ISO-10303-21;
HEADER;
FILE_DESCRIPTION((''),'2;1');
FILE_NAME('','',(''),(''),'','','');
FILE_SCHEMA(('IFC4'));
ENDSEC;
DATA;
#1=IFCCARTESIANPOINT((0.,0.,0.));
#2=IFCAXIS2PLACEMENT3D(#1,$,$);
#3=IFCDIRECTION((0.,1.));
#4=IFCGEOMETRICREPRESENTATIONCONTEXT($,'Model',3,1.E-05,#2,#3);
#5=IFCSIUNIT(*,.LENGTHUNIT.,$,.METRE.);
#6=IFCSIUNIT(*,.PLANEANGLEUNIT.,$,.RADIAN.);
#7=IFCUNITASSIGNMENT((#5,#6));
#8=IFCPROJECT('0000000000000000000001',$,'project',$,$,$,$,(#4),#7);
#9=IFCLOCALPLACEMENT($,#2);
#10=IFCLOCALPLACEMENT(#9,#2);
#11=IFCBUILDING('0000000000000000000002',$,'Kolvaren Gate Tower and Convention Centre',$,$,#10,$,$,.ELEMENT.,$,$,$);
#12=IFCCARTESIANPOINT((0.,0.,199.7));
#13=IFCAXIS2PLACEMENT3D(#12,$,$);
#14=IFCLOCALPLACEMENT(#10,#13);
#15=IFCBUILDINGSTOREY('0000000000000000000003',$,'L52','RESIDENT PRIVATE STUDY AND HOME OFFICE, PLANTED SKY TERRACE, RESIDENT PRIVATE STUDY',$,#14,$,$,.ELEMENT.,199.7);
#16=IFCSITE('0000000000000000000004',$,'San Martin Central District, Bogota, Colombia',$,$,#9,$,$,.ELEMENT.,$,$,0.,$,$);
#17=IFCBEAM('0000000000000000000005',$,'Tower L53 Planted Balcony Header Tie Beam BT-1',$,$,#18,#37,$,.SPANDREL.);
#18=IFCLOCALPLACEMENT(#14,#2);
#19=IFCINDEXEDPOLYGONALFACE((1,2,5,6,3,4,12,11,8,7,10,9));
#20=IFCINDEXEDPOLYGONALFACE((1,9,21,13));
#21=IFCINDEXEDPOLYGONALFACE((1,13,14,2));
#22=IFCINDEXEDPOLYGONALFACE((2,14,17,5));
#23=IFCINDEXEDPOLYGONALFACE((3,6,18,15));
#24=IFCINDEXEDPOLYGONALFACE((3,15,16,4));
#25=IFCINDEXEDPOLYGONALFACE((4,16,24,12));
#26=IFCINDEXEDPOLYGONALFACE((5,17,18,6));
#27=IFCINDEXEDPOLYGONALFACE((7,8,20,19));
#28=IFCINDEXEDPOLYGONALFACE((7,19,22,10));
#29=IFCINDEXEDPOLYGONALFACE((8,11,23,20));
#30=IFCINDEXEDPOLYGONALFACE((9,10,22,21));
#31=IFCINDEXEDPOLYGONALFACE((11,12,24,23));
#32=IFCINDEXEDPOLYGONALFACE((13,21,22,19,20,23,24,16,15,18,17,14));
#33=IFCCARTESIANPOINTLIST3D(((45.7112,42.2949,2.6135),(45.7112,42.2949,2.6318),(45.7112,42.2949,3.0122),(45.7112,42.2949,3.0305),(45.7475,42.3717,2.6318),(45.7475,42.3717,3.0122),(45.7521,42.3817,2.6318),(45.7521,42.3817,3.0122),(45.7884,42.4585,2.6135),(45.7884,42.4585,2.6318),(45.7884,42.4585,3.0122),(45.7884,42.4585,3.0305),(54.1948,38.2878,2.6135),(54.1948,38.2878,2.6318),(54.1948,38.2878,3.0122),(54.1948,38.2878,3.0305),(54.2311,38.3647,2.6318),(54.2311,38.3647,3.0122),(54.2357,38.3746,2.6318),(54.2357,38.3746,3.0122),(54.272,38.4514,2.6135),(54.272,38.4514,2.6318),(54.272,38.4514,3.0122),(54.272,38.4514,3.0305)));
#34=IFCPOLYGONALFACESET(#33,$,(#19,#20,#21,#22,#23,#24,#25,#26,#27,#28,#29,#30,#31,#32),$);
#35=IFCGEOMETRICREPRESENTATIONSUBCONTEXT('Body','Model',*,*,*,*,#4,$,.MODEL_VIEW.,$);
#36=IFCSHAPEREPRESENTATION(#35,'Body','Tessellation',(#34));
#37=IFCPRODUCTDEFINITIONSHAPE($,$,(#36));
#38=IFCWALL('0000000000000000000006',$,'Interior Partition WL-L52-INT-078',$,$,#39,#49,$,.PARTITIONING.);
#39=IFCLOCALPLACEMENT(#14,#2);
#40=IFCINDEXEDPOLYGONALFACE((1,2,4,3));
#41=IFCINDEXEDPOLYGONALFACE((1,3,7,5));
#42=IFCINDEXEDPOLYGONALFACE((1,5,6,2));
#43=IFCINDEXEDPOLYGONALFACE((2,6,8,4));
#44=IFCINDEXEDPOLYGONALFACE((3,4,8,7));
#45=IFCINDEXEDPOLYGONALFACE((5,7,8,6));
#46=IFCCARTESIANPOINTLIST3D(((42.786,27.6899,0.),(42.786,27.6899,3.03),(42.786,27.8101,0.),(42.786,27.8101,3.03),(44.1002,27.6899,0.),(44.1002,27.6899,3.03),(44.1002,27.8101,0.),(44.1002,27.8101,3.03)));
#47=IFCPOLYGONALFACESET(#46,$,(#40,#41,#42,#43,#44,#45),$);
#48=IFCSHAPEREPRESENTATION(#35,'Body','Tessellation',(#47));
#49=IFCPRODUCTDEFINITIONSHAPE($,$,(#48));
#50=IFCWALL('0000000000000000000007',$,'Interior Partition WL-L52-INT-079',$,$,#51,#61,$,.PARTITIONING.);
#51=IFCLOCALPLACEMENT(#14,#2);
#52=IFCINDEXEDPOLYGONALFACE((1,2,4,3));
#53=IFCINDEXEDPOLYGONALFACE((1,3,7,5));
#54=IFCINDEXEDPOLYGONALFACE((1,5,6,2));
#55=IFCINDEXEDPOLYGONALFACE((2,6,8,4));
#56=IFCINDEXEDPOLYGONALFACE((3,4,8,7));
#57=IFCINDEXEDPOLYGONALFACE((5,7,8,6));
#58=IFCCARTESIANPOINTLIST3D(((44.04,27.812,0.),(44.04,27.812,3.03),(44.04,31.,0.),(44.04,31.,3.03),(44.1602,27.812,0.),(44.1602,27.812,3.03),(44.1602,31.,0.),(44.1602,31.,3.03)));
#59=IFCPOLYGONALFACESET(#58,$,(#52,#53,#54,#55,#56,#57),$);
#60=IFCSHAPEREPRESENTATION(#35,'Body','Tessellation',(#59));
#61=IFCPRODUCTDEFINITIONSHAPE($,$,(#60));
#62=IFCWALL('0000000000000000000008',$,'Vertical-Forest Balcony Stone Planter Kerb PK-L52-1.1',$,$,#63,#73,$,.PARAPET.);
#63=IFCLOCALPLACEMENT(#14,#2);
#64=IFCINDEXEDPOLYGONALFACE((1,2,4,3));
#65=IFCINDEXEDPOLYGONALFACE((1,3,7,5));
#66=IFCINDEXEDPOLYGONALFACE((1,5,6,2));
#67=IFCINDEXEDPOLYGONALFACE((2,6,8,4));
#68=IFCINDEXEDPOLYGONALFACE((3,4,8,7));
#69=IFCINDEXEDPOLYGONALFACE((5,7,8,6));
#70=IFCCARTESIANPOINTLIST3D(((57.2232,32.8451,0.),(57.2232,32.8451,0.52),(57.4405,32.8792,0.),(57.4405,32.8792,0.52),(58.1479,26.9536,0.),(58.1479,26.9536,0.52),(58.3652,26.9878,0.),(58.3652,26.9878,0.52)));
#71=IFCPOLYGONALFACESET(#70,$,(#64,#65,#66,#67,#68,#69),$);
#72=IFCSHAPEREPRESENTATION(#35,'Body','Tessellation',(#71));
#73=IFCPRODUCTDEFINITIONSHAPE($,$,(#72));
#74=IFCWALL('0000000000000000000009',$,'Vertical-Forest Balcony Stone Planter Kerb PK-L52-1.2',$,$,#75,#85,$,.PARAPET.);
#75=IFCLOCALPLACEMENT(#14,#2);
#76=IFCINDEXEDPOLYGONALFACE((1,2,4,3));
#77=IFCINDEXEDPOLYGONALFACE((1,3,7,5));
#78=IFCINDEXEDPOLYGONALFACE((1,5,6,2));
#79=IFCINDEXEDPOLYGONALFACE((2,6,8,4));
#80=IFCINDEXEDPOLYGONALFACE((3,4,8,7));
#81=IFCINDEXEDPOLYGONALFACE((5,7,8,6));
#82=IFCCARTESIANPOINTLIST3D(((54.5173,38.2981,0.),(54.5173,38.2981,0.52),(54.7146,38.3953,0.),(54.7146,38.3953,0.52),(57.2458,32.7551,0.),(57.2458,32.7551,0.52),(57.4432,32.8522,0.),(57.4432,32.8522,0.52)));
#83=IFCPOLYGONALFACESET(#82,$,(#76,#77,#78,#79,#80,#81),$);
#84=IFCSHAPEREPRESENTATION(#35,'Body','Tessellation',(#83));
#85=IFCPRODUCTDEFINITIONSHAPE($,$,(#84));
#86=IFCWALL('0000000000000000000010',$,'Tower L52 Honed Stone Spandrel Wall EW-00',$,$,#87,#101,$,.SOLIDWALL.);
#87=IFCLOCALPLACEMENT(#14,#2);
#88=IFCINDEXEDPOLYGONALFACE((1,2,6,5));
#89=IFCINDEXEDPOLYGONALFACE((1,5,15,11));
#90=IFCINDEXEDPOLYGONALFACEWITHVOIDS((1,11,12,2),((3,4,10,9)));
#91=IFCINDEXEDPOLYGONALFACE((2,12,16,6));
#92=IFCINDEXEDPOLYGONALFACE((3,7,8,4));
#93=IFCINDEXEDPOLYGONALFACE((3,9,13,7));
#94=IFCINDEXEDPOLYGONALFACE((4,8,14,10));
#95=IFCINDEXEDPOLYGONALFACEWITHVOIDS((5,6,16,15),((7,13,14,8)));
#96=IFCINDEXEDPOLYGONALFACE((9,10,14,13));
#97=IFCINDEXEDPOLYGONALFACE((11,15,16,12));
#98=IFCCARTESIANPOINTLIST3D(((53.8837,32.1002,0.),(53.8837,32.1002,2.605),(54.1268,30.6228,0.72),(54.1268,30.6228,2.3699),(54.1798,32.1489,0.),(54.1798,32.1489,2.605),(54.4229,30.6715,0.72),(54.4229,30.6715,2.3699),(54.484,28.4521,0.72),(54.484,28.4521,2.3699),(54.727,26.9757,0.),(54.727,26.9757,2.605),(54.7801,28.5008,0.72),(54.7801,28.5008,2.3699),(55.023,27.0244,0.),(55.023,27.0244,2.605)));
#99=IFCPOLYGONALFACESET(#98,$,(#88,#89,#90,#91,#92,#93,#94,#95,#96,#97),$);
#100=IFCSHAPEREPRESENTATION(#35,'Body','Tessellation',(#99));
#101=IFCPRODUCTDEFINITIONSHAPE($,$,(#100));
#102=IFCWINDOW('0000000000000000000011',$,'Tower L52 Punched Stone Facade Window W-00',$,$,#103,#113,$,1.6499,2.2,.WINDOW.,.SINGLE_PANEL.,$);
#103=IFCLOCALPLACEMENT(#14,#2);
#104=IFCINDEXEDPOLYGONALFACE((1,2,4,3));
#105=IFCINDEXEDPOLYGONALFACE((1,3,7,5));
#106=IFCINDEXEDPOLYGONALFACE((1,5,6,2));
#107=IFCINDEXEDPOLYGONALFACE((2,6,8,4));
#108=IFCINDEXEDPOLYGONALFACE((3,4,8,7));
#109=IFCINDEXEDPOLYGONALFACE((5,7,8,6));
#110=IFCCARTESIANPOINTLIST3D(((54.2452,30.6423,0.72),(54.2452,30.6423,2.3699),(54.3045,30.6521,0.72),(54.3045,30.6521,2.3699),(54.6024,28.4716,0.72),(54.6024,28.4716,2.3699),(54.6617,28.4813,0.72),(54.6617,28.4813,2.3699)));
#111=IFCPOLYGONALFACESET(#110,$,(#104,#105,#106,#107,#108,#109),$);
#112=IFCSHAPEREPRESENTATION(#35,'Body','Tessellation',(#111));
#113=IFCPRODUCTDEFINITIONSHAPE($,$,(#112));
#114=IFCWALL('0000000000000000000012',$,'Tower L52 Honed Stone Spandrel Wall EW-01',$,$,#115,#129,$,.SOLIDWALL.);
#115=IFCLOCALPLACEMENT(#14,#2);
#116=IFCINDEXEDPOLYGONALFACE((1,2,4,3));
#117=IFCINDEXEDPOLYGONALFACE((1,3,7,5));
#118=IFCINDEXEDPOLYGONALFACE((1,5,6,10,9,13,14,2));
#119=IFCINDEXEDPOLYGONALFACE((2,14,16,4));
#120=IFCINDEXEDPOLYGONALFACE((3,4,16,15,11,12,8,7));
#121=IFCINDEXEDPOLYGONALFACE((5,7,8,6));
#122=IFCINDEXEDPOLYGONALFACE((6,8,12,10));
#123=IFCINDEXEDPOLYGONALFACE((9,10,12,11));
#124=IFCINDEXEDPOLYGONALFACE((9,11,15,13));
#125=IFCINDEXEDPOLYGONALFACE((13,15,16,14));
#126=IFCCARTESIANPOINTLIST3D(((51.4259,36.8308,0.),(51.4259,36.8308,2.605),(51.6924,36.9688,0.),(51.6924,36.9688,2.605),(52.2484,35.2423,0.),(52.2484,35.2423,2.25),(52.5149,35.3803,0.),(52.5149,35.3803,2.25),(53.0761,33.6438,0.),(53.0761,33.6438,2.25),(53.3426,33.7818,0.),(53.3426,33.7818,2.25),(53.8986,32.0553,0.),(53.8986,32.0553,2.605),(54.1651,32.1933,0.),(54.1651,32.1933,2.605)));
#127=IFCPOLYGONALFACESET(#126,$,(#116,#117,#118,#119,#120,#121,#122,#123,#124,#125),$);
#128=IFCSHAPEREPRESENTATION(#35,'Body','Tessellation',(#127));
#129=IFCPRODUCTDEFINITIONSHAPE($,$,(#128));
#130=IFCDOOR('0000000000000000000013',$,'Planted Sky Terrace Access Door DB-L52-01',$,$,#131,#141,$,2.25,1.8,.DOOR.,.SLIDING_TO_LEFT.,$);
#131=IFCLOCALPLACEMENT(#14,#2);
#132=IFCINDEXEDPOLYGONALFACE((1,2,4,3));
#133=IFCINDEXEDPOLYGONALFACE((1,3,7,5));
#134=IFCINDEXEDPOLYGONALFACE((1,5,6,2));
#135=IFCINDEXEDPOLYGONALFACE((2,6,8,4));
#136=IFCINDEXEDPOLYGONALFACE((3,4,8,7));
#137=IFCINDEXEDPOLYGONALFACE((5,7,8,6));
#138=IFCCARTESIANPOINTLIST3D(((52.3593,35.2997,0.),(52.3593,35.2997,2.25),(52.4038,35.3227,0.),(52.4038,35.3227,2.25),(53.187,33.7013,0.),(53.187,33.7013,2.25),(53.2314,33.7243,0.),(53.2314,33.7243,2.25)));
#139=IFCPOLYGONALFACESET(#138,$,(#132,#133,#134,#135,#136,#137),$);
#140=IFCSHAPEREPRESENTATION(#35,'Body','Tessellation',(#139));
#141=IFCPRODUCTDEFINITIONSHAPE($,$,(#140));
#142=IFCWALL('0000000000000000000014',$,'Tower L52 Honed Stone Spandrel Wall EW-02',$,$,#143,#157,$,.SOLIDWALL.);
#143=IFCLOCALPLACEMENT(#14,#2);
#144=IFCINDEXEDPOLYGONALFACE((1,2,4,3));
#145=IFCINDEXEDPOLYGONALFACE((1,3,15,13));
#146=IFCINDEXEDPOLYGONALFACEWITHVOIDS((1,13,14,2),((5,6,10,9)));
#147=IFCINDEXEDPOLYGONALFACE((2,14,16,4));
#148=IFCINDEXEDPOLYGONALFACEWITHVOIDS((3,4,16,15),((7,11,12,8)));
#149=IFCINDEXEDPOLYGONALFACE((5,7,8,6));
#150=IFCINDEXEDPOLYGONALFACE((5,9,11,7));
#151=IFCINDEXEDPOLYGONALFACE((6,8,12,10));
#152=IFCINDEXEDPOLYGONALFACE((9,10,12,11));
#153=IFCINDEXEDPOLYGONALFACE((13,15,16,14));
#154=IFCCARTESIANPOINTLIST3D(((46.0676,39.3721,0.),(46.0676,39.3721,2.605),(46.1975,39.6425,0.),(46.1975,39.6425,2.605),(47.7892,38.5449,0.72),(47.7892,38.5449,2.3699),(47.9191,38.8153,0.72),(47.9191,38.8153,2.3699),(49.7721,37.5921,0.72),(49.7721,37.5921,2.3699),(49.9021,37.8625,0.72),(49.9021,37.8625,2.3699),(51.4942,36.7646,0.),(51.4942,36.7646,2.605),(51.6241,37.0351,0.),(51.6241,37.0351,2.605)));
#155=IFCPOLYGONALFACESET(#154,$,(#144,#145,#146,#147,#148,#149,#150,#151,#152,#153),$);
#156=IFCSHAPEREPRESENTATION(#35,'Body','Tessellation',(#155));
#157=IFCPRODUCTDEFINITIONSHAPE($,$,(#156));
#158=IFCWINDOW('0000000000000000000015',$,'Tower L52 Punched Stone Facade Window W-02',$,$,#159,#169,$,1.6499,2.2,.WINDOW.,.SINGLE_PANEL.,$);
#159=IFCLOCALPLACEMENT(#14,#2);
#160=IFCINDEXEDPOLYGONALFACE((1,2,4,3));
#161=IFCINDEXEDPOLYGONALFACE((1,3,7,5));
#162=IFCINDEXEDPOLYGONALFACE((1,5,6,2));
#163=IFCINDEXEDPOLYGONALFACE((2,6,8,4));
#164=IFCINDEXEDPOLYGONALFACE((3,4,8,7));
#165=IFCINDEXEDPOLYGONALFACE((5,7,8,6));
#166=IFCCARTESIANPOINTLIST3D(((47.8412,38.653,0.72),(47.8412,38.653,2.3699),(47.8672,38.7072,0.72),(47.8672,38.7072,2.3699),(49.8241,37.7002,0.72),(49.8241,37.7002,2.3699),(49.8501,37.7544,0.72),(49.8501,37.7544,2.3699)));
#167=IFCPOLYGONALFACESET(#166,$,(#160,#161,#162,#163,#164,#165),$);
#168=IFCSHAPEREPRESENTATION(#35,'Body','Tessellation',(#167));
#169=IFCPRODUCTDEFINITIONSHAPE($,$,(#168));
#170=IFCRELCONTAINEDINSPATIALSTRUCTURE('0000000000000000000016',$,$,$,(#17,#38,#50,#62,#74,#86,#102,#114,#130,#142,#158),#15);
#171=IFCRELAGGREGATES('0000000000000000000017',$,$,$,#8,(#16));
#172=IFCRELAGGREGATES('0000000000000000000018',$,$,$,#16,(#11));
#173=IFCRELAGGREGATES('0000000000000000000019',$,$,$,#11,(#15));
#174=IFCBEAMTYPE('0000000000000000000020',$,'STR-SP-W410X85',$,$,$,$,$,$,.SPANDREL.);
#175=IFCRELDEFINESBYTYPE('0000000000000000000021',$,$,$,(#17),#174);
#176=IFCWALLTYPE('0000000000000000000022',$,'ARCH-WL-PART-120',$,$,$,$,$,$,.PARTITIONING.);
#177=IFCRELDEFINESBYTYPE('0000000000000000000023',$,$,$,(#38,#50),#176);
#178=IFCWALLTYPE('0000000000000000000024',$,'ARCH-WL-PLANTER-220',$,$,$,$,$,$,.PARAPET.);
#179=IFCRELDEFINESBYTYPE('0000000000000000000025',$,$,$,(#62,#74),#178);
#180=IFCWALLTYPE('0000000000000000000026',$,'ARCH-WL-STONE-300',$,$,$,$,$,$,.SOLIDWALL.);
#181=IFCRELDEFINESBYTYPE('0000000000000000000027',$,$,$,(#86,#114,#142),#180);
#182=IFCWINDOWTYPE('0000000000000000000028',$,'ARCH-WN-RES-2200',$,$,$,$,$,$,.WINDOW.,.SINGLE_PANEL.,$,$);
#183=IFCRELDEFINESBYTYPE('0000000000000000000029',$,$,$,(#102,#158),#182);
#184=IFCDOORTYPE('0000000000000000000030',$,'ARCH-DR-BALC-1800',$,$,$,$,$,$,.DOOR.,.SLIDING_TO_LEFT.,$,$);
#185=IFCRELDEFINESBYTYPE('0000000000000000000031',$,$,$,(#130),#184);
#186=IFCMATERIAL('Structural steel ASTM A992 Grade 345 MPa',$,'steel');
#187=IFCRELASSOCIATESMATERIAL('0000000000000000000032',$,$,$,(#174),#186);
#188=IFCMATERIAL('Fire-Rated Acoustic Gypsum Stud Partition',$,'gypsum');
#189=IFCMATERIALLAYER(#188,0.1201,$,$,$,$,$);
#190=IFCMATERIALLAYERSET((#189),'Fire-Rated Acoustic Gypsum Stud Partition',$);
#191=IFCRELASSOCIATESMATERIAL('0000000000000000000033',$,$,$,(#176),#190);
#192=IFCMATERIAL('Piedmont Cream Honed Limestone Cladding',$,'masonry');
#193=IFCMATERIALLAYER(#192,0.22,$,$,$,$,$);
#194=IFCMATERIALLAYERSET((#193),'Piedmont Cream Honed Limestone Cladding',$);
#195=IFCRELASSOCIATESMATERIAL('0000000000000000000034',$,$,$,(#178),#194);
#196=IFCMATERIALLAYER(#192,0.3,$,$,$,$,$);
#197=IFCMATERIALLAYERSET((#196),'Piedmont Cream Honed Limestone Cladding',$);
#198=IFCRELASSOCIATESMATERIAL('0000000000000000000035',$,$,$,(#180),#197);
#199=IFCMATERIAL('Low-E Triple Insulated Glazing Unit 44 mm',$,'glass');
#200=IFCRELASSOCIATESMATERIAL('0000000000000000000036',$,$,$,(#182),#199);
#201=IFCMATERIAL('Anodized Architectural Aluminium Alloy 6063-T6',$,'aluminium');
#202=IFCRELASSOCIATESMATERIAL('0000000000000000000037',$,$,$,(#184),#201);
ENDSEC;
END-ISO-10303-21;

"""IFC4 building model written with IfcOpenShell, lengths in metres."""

from ifc_helpers import new_model, si_unit, direction, frame, frame_2d, origin, origin_2d, place, context, subcontext, project, spatial, rectangle, i_section, extrude, material, layer, layer_set, material_profile, profile_set, type_object, element, fill, save


model = new_model("IFC4")

# Units and contexts
model_context = context("Model", 3, precision=1e-05, world=origin(), true_north=direction((0.0, 1.0)))
body_context = subcontext(model_context, "Body", "Model", "MODEL_VIEW")
ifc_project = project(units=[si_unit("LENGTHUNIT", "METRE"), si_unit("PLANEANGLEUNIT", "RADIAN")], contexts=[model_context])

# Site, building, storey
site_placement = place(None, origin())
site = spatial("IfcSite", under=ifc_project, at=site_placement, Name="San Martin Central District, Bogota, Colombia", CompositionType="ELEMENT", RefElevation=0.0)
building_placement = place(site_placement, origin())
building = spatial("IfcBuilding", under=site, at=building_placement, Name="Kolvaren Gate Tower and Convention Centre", CompositionType="ELEMENT")
storey_placement = place(building_placement, frame((0.0, 0.0, 199.7)))
storey = spatial("IfcBuildingStorey", under=building, at=storey_placement, Name="L52", Description="RESIDENT PRIVATE STUDY AND HOME OFFICE, PLANTED SKY TERRACE, RESIDENT PRIVATE STUDY", CompositionType="ELEMENT", Elevation=199.7)

# Shared definitions
ifc_material_1 = material(Name="Anodized Architectural Aluminium Alloy 6063-T6", Category="aluminium")

# Beam
ifc_material_2 = material(Name="Structural steel ASTM A992 Grade 345 MPa", Category="steel")
ifc_material_profile_1 = material_profile(ifc_material_2, i_section(OverallWidth=0.1809, OverallDepth=0.417, WebThickness=0.011, FlangeThickness=0.0183, at=origin_2d()), Name="W410X85")
ifc_profile_set_1 = profile_set([ifc_material_profile_1], Name="Structural steel ASTM A992 Grade 345 MPa")
beam_type_1 = type_object("IfcBeamType", Name="STR-SP-W410X85", PredefinedType="SPANDREL", material=ifc_profile_set_1)
beam_1_placement = place(storey_placement, frame((54.2334, 38.3696, 2.822), z_axis=(-0.904211, 0.427086, 0.0), x_axis=(-0.427086, -0.904211, 0.0)))
element("IfcBeam", 1, at=beam_1_placement, inside=storey, type_object=beam_type_1, Name="Tower L53 Planted Balcony Header Tie Beam BT-1", PredefinedType="SPANDREL", context=body_context, shape_type="SweptSolid", body=[
    extrude(i_section(OverallWidth=0.1809, OverallDepth=0.417, WebThickness=0.011, FlangeThickness=0.0183, at=origin_2d()), origin(), (0.0, 0.0, 1.0), 9.3823),
])

# Walls
ifc_material_3 = material(Name="Fire-Rated Acoustic Gypsum Stud Partition", Category="gypsum")
ifc_layer_1 = layer(ifc_material_3, 0.1201)
ifc_layer_set_1 = layer_set([ifc_layer_1], Name="Fire-Rated Acoustic Gypsum Stud Partition")
wall_type_1 = type_object("IfcWallType", Name="ARCH-WL-PART-120", PredefinedType="PARTITIONING", material=ifc_layer_set_1)
wall_1_placement = place(storey_placement, frame((42.7859, 27.75, 0.0), z_axis=(0.0, 0.0, 1.0), x_axis=(1.0, 0.0, 0.0)))
element("IfcWall", 2, at=wall_1_placement, inside=storey, type_object=wall_type_1, Name="Interior Partition WL-L52-INT-078", PredefinedType="PARTITIONING", context=body_context, shape_type="SweptSolid", body=[
    extrude(rectangle(XDim=1.3142, YDim=0.1201, at=frame_2d((0.6572, 0.0))), origin(), (0.0, 0.0, 1.0), 3.03),
])
wall_2_placement = place(storey_placement, frame((44.1001, 27.812, 0.0), z_axis=(0.0, 0.0, 1.0), x_axis=(0.0, 1.0, 0.0)))
element("IfcWall", 3, at=wall_2_placement, inside=storey, type_object=wall_type_1, Name="Interior Partition WL-L52-INT-079", PredefinedType="PARTITIONING", context=body_context, shape_type="SweptSolid", body=[
    extrude(rectangle(XDim=3.188, YDim=0.1201, at=frame_2d((1.594, 0.0))), origin(), (0.0, 0.0, 1.0), 3.03),
])
ifc_material_4 = material(Name="Piedmont Cream Honed Limestone Cladding", Category="masonry")
ifc_layer_2 = layer(ifc_material_4, 0.22)
ifc_layer_set_2 = layer_set([ifc_layer_2], Name="Piedmont Cream Honed Limestone Cladding")
wall_type_2 = type_object("IfcWallType", Name="ARCH-WL-PLANTER-220", PredefinedType="PARAPET", material=ifc_layer_set_2)
wall_3_placement = place(storey_placement, frame((57.3318, 32.8623, 0.0), z_axis=(0.0, 0.0, 1.0), x_axis=(0.155071, -0.987903, 0.0)))
element("IfcWall", 4, at=wall_3_placement, inside=storey, type_object=wall_type_2, Name="Vertical-Forest Balcony Stone Planter Kerb PK-L52-1.1", PredefinedType="PARAPET", context=body_context, shape_type="SweptSolid", body=[
    extrude(rectangle(XDim=5.9636, YDim=0.22, at=frame_2d((2.9819, 0.0))), origin(), (0.0, 0.0, 1.0), 0.52),
])
wall_4_placement = place(storey_placement, frame((54.616, 38.3467, 0.0), z_axis=(0.0, 0.0, 1.0), x_axis=(0.441641, -0.897192, 0.0)))
element("IfcWall", 5, at=wall_4_placement, inside=storey, type_object=wall_type_2, Name="Vertical-Forest Balcony Stone Planter Kerb PK-L52-1.2", PredefinedType="PARAPET", context=body_context, shape_type="SweptSolid", body=[
    extrude(rectangle(XDim=6.1782, YDim=0.22, at=frame_2d((3.0891, 0.0))), origin(), (0.0, 0.0, 1.0), 0.52),
])

# Wall, opening, window
ifc_layer_3 = layer(ifc_material_4, 0.3)
ifc_layer_set_3 = layer_set([ifc_layer_3], Name="Piedmont Cream Honed Limestone Cladding")
wall_type_3 = type_object("IfcWallType", Name="ARCH-WL-STONE-300", PredefinedType="SOLIDWALL", material=ifc_layer_set_3)
wall_5_placement = place(storey_placement, frame((54.0317, 32.1245, 0.0), z_axis=(0.0, 0.0, 1.0), x_axis=(0.162371, -0.98673, 0.0)))
wall_5 = element("IfcWall", 6, at=wall_5_placement, inside=storey, type_object=wall_type_3, Name="Tower L52 Honed Stone Spandrel Wall EW-00", PredefinedType="SOLIDWALL", context=body_context, shape_type="SweptSolid", body=[
    extrude(rectangle(XDim=5.1934, YDim=0.3, at=frame_2d((2.5967, 0.0))), origin(), (0.0, 0.0, 1.0), 2.605),
])
opening_1_placement = place(wall_5_placement, frame((1.4971, 0.0, 0.72)))
opening_1 = element("IfcOpeningElement", 7, at=opening_1_placement, cuts=wall_5, PredefinedType="OPENING", context=body_context, shape_type="SweptSolid", body=[
    extrude(rectangle(XDim=2.2, YDim=1.6499, at=frame_2d((1.1001, 0.825))), frame((0.0, 0.1599, 0.0), z_axis=(0.0, -1.0, 0.0), x_axis=(1.0, 0.0, 0.0)), (0.0, 0.0, 1.0), 0.3201),
])
ifc_material_5 = material(Name="Low-E Triple Insulated Glazing Unit 44 mm", Category="glass")
window_type = type_object("IfcWindowType", Name="ARCH-WN-RES-2200", PartitioningType="SINGLE_PANEL", PredefinedType="WINDOW", material=ifc_material_5)
window_1_placement = place(opening_1_placement, origin())
window_1 = element("IfcWindow", 8, at=window_1_placement, inside=storey, type_object=window_type, Name="Tower L52 Punched Stone Facade Window W-00", OverallHeight=1.6499, OverallWidth=2.2, PartitioningType="SINGLE_PANEL", PredefinedType="WINDOW", context=body_context, shape_type="SweptSolid", body=[
    extrude(rectangle(XDim=2.2, YDim=1.6499, at=frame_2d((1.1001, 0.825))), frame((0.0, 0.03, 0.0), z_axis=(0.0, -1.0, 0.0), x_axis=(1.0, 0.0, 0.0)), (0.0, 0.0, 1.0), 0.0601),
])
fill(opening_1, window_1)

# Wall, opening, door
wall_6_placement = place(storey_placement, frame((51.5591, 36.8999, 0.0), z_axis=(0.0, 0.0, 1.0), x_axis=(0.459808, -0.888018, 0.0)))
wall_6 = element("IfcWall", 9, at=wall_6_placement, inside=storey, type_object=wall_type_3, Name="Tower L52 Honed Stone Spandrel Wall EW-01", PredefinedType="SOLIDWALL", context=body_context, shape_type="SweptSolid", body=[
    extrude(rectangle(XDim=5.3777, YDim=0.3, at=frame_2d((2.689, 0.0))), origin(), (0.0, 0.0, 1.0), 2.605),
])
opening_2_placement = place(wall_6_placement, frame((1.7891, 0.0, 0.0)))
opening_2 = element("IfcOpeningElement", 10, at=opening_2_placement, cuts=wall_6, PredefinedType="OPENING", context=body_context, shape_type="SweptSolid", body=[
    extrude(rectangle(XDim=1.8, YDim=2.25, at=frame_2d((0.8999, 1.125))), frame((0.0, 0.1599, 0.0), z_axis=(0.0, -1.0, 0.0), x_axis=(1.0, 0.0, 0.0)), (0.0, 0.0, 1.0), 0.3201),
])
door_type = type_object("IfcDoorType", Name="ARCH-DR-BALC-1800", OperationType="SLIDING_TO_LEFT", PredefinedType="DOOR", material=ifc_material_1)
door_placement = place(opening_2_placement, origin())
door = element("IfcDoor", 11, at=door_placement, inside=storey, type_object=door_type, Name="Planted Sky Terrace Access Door DB-L52-01", OperationType="SLIDING_TO_LEFT", OverallHeight=2.25, OverallWidth=1.8, PredefinedType="DOOR", context=body_context, shape_type="SweptSolid", body=[
    extrude(rectangle(XDim=1.8, YDim=2.25, at=frame_2d((0.8999, 1.125))), frame((0.0, 0.0249, 0.0), z_axis=(0.0, -1.0, 0.0), x_axis=(1.0, 0.0, 0.0)), (0.0, 0.0, 1.0), 0.05),
])
fill(opening_2, door)

# Wall, opening, window
wall_7_placement = place(storey_placement, frame((46.1326, 39.5073, 0.0), z_axis=(0.0, 0.0, 1.0), x_axis=(0.901348, -0.433095, 0.0)))
wall_7 = element("IfcWall", 12, at=wall_7_placement, inside=storey, type_object=wall_type_3, Name="Tower L52 Honed Stone Spandrel Wall EW-02", PredefinedType="SOLIDWALL", context=body_context, shape_type="SweptSolid", body=[
    extrude(rectangle(XDim=6.0205, YDim=0.3, at=frame_2d((3.0103, 0.0))), origin(), (0.0, 0.0, 1.0), 2.605),
])
opening_3_placement = place(wall_7_placement, frame((1.9099, 0.0, 0.72)))
opening_3 = element("IfcOpeningElement", 13, at=opening_3_placement, cuts=wall_7, PredefinedType="OPENING", context=body_context, shape_type="SweptSolid", body=[
    extrude(rectangle(XDim=2.2, YDim=1.6499, at=frame_2d((1.1001, 0.825))), frame((0.0, 0.1599, 0.0), z_axis=(0.0, -1.0, 0.0), x_axis=(1.0, 0.0, 0.0)), (0.0, 0.0, 1.0), 0.3201),
])
window_2_placement = place(opening_3_placement, origin())
window_2 = element("IfcWindow", 14, at=window_2_placement, inside=storey, type_object=window_type, Name="Tower L52 Punched Stone Facade Window W-02", OverallHeight=1.6499, OverallWidth=2.2, PartitioningType="SINGLE_PANEL", PredefinedType="WINDOW", context=body_context, shape_type="SweptSolid", body=[
    extrude(rectangle(XDim=2.2, YDim=1.6499, at=frame_2d((1.1001, 0.825))), frame((0.0, 0.03, 0.0), z_axis=(0.0, -1.0, 0.0), x_axis=(1.0, 0.0, 0.0)), (0.0, 0.0, 1.0), 0.0601),
])
fill(opening_3, window_2)

save(model, "model.ifc")
